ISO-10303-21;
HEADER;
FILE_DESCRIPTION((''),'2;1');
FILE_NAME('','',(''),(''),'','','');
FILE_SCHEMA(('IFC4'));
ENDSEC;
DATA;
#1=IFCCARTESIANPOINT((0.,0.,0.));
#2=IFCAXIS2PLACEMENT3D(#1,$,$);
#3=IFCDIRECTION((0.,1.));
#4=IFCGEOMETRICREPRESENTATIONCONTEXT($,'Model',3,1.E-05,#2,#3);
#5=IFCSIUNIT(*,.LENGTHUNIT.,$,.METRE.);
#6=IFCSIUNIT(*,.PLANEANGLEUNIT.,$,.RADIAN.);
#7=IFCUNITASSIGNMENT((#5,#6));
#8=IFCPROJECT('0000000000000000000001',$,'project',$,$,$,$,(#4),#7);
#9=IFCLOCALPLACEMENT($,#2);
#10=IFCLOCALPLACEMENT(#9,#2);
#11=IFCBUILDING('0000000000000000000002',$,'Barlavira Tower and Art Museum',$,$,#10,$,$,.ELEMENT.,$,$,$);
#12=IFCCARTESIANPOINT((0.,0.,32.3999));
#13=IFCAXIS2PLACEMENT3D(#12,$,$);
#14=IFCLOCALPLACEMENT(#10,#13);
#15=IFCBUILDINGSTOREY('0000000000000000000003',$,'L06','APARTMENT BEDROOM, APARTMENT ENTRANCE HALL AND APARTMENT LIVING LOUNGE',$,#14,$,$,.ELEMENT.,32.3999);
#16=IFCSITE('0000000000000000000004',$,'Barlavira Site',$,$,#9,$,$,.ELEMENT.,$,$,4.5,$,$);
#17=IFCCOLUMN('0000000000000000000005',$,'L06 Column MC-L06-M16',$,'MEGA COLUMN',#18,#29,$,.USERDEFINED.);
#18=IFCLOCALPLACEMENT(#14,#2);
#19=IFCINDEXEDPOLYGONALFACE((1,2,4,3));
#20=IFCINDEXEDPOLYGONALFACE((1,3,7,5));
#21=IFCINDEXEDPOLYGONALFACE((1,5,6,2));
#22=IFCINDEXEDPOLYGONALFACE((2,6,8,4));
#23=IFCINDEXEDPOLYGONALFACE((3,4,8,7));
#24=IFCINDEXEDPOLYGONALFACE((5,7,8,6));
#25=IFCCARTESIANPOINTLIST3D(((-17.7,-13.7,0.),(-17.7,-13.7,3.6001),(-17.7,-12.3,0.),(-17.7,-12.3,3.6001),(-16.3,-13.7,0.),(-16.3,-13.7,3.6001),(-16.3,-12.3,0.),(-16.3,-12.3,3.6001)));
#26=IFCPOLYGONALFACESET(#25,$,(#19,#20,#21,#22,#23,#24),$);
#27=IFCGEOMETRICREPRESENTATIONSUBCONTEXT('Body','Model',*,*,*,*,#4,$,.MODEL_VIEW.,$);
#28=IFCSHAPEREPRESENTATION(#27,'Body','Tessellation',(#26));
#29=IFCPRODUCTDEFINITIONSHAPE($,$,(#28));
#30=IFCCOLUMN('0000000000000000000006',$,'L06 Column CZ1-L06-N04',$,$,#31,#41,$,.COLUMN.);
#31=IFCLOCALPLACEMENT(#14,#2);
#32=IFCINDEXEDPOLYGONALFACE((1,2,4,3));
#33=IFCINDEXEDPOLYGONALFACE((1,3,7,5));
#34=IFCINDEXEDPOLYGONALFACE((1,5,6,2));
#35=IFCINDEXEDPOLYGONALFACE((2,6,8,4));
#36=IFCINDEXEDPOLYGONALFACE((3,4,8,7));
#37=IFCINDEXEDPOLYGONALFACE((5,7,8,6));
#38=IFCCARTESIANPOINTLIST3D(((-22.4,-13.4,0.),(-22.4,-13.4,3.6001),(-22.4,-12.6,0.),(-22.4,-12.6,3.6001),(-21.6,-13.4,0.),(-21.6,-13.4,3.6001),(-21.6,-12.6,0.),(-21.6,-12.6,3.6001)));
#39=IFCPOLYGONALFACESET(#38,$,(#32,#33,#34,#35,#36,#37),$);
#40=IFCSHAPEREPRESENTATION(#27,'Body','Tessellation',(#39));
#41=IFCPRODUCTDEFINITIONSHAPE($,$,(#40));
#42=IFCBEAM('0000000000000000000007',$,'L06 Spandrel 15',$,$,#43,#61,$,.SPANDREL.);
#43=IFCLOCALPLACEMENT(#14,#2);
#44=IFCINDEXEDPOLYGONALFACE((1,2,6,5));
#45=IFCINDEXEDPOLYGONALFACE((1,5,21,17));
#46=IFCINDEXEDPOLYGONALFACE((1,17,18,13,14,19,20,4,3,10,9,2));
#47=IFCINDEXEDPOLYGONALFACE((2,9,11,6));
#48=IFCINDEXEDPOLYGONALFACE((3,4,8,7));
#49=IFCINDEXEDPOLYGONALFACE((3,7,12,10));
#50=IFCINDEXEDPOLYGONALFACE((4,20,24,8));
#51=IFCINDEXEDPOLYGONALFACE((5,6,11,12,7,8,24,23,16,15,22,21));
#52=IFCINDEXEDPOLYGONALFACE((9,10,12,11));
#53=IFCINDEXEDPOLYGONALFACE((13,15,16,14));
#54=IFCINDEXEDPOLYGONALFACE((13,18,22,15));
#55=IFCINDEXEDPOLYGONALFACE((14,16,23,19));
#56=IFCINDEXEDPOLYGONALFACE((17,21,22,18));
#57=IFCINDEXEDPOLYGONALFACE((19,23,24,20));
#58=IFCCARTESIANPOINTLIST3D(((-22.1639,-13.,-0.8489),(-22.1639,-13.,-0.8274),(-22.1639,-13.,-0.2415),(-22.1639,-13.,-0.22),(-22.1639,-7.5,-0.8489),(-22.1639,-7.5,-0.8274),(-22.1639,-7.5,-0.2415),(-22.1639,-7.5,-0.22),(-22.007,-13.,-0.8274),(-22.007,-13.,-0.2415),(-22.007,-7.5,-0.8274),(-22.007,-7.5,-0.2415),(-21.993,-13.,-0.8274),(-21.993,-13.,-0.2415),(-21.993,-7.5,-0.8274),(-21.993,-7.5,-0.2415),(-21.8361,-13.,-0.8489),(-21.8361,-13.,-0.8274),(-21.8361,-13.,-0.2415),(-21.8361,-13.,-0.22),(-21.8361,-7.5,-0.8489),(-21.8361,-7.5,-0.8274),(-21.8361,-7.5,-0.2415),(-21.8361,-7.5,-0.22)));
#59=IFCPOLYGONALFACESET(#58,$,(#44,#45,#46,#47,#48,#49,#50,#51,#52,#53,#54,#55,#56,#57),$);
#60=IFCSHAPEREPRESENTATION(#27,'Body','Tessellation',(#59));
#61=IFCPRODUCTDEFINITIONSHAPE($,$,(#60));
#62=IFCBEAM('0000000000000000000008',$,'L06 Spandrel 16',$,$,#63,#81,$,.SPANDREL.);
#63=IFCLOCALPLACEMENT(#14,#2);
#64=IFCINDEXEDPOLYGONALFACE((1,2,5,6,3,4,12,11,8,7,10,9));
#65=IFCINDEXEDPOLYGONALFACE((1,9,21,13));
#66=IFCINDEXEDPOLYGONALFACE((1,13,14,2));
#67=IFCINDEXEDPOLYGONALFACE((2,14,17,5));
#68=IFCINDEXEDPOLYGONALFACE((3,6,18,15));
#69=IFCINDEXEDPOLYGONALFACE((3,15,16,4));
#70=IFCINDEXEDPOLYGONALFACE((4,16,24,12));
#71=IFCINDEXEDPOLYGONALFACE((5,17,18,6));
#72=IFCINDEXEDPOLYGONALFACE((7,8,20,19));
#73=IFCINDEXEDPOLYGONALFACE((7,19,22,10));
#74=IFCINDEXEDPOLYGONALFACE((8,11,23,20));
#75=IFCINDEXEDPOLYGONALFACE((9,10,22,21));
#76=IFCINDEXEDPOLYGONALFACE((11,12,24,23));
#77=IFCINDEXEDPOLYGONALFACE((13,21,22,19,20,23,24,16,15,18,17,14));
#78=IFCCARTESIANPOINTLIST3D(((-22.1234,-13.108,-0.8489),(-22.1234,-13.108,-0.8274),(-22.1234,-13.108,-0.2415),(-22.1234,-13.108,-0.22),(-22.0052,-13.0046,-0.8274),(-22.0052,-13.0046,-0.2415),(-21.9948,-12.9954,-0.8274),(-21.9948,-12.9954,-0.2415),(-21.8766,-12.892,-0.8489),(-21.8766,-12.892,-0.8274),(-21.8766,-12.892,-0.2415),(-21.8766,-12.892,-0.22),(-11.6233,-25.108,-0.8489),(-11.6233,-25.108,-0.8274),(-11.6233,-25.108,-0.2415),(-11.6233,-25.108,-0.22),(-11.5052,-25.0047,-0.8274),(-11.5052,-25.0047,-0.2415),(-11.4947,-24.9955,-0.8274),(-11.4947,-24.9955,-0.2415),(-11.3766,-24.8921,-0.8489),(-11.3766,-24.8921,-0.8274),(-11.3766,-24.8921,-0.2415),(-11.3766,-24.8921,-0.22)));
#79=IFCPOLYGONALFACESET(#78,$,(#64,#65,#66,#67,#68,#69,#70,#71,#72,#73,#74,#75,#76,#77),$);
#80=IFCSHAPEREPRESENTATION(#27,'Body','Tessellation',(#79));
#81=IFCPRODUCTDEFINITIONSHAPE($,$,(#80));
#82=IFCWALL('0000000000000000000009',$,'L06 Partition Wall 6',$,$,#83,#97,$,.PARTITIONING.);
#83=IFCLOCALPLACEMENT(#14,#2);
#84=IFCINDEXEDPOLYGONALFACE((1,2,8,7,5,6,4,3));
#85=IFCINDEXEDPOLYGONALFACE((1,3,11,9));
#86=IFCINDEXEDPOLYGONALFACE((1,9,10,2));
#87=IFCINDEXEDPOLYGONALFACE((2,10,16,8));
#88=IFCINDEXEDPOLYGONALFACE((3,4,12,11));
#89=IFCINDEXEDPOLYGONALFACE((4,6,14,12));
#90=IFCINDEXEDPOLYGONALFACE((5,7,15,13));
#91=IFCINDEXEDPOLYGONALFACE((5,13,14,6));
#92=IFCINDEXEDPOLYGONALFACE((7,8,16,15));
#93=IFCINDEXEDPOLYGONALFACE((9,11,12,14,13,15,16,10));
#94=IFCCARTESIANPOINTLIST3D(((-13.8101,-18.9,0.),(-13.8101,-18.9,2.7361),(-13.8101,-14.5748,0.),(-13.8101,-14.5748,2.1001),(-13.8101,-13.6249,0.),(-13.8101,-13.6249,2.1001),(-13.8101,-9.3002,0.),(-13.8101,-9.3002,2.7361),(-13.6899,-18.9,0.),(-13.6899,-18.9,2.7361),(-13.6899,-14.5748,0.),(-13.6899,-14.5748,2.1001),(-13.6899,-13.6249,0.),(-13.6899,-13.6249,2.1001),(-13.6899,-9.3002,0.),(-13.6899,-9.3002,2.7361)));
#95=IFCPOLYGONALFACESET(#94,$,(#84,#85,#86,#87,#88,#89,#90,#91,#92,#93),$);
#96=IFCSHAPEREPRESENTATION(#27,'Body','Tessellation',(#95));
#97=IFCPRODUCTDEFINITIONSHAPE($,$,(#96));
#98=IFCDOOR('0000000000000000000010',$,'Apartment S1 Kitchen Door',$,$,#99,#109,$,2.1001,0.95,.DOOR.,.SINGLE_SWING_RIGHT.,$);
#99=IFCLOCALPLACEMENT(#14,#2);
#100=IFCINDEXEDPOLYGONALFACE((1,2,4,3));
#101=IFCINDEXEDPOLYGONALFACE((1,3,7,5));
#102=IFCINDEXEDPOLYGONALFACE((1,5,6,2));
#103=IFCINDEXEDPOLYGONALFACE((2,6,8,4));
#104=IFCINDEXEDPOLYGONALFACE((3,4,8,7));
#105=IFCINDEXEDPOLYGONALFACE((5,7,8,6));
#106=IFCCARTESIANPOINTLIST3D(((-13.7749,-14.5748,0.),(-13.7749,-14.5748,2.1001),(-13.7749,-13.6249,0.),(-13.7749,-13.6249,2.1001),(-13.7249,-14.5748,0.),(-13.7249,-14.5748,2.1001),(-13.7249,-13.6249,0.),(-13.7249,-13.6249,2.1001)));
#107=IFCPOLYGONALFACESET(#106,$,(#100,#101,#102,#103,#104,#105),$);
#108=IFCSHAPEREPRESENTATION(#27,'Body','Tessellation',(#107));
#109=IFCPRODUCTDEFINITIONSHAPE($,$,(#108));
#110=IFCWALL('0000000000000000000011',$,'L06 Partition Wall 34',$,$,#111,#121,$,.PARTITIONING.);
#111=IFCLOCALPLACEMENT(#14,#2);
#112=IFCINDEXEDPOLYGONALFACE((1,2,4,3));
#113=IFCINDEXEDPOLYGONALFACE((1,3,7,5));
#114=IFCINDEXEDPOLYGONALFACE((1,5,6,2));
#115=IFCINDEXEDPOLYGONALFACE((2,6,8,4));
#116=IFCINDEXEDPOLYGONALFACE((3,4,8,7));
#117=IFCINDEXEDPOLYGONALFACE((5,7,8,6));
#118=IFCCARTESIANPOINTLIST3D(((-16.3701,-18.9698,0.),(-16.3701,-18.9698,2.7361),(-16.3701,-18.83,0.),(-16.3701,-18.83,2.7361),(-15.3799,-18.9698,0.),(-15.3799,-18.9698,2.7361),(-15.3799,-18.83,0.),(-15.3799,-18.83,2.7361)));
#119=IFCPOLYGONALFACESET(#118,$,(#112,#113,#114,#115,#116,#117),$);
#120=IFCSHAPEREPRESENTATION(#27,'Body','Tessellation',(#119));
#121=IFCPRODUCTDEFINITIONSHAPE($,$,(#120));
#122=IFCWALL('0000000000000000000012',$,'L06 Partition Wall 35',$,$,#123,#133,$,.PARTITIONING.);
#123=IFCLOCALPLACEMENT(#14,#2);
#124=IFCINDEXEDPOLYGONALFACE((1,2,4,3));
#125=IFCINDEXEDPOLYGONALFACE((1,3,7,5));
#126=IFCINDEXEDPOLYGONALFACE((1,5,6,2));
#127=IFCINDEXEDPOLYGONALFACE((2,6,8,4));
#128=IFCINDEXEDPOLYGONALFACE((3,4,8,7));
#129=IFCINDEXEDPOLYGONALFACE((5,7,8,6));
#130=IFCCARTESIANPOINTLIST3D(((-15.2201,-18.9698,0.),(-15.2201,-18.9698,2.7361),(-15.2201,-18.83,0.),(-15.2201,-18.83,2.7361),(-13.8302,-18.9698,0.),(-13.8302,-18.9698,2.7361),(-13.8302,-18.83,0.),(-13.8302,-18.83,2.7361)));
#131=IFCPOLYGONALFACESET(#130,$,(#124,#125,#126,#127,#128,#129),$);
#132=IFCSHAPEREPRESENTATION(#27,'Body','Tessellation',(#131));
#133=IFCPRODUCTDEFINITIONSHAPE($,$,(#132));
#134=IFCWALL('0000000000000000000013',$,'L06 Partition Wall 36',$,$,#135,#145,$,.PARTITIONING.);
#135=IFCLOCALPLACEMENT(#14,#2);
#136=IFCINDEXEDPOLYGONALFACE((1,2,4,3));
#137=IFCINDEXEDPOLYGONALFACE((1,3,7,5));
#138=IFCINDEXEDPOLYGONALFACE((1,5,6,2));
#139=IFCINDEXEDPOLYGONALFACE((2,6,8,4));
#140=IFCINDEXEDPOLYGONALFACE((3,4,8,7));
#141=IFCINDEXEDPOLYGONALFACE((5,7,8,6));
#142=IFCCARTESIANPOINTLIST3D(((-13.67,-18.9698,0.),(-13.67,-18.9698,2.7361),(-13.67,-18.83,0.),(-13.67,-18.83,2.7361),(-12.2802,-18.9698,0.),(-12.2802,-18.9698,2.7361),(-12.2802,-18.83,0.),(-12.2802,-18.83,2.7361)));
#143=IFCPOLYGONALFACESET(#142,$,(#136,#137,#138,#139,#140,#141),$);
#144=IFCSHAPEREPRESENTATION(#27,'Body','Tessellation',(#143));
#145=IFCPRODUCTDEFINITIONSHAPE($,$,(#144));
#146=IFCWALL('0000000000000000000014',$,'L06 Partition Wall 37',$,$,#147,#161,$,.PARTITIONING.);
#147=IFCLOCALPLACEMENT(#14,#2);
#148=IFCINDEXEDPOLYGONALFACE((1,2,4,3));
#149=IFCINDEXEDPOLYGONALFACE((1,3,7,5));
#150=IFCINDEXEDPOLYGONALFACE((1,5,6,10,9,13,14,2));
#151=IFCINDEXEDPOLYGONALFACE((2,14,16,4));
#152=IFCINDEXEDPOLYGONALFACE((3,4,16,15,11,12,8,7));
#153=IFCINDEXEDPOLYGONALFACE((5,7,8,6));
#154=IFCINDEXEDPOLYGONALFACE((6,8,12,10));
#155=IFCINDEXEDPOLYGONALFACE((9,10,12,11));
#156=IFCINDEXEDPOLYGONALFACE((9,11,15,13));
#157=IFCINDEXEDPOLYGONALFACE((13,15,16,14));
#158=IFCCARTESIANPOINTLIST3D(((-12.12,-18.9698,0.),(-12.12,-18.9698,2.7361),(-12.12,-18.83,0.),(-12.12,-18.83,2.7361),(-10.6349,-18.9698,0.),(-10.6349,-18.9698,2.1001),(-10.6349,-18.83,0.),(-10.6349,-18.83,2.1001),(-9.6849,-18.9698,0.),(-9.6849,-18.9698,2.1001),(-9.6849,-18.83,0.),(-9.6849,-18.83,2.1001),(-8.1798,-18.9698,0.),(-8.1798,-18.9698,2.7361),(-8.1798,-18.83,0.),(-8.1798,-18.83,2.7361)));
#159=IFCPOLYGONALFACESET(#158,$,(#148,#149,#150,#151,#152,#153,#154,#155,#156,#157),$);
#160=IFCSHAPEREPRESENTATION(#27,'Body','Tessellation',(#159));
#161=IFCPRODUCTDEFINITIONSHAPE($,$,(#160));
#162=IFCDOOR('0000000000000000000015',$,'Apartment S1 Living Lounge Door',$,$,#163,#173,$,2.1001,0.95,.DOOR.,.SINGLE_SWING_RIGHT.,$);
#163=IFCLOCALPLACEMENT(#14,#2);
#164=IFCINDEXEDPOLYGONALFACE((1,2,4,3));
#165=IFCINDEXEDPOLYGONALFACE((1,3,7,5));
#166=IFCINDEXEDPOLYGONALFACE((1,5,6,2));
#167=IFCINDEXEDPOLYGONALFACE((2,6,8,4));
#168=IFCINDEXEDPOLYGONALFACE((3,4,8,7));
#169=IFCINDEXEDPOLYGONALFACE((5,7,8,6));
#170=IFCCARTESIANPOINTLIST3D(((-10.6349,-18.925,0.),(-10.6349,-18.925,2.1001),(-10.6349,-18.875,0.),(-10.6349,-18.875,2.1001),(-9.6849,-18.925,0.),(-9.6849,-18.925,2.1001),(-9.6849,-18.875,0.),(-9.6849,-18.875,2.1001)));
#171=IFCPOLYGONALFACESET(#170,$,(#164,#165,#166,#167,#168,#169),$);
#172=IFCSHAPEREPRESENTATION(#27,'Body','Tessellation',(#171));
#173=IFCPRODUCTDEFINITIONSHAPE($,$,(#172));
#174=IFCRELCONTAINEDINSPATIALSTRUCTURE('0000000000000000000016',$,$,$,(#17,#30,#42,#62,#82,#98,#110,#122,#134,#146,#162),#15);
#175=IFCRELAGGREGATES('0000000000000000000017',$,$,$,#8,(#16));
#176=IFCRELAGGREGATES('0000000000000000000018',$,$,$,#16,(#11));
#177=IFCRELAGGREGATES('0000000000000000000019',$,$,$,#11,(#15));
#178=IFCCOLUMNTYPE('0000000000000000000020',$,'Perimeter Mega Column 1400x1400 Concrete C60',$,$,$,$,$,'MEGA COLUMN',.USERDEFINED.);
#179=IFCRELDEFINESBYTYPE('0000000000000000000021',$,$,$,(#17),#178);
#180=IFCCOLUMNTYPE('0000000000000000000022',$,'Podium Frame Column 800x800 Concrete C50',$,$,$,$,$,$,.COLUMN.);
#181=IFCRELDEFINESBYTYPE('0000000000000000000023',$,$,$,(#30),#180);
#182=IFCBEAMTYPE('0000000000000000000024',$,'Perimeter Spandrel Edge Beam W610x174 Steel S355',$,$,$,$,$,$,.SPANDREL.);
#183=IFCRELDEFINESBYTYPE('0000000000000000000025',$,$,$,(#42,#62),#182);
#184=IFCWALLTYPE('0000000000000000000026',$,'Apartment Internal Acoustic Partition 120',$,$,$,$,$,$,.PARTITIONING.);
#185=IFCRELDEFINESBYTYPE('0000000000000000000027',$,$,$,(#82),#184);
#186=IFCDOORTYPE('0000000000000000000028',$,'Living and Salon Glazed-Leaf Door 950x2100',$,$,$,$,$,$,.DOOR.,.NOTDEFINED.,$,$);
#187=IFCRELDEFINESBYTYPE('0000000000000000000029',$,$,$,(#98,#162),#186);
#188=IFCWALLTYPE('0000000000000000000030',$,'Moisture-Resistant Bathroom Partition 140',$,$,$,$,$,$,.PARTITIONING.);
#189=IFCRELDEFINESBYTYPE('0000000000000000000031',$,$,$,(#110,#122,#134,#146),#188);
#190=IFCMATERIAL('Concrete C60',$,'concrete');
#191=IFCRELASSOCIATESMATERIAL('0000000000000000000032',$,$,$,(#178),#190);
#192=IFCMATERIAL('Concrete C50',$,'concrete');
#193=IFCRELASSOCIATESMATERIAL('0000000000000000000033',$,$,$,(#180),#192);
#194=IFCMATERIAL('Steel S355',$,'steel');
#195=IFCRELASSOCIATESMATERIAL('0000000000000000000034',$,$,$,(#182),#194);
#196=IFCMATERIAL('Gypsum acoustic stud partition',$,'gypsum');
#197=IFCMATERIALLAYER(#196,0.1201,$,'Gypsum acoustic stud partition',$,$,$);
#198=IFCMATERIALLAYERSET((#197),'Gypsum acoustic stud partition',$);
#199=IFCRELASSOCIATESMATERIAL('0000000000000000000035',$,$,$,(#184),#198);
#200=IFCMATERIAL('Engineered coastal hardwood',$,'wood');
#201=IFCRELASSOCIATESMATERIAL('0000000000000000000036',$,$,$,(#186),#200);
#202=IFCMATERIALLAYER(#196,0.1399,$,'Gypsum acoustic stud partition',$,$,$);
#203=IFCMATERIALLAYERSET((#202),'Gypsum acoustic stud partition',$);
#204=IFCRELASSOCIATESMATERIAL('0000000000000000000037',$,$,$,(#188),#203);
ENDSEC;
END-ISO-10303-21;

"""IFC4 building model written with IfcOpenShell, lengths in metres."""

from ifc_helpers import new_model, si_unit, direction, frame, frame_2d, origin, origin_2d, place, context, subcontext, project, spatial, rectangle, i_section, extrude, material, layer, layer_set, material_profile, profile_set, type_object, element, fill, save


model = new_model("IFC4")

# Units and contexts
model_context = context("Model", 3, precision=1e-05, world=origin(), true_north=direction((0.0, 1.0)))
body_context = subcontext(model_context, "Body", "Model", "MODEL_VIEW")
ifc_project = project(units=[si_unit("LENGTHUNIT", "METRE"), si_unit("PLANEANGLEUNIT", "RADIAN")], contexts=[model_context])

# Site, building, storey
site_placement = place(None, origin())
site = spatial("IfcSite", under=ifc_project, at=site_placement, Name="Barlavira Site", CompositionType="ELEMENT", RefElevation=4.5)
building_placement = place(site_placement, origin())
building = spatial("IfcBuilding", under=site, at=building_placement, Name="Barlavira Tower and Art Museum", CompositionType="ELEMENT")
storey_placement = place(building_placement, frame((0.0, 0.0, 32.3999)))
storey = spatial("IfcBuildingStorey", under=building, at=storey_placement, Name="L06", Description="APARTMENT BEDROOM, APARTMENT ENTRANCE HALL AND APARTMENT LIVING LOUNGE", CompositionType="ELEMENT", Elevation=32.3999)

# Columns
ifc_material_1 = material(Name="Concrete C60", Category="concrete")
ifc_material_profile_1 = material_profile(ifc_material_1, rectangle(XDim=1.3999, YDim=1.3999, at=origin_2d()), Name="RC-MCOL 1400x1400")
ifc_profile_set_1 = profile_set([ifc_material_profile_1], Name="Concrete C60")
column_type_1 = type_object("IfcColumnType", Name="Perimeter Mega Column 1400x1400 Concrete C60", ElementType="MEGA COLUMN", PredefinedType="USERDEFINED", material=ifc_profile_set_1)
column_1_placement = place(storey_placement, frame((-17.0, -13.0, 0.0), z_axis=(0.0, 0.0, 1.0), x_axis=(1.0, 0.0, 0.0)))
element("IfcColumn", 1, at=column_1_placement, inside=storey, type_object=column_type_1, Name="L06 Column MC-L06-M16", ObjectType="MEGA COLUMN", PredefinedType="USERDEFINED", context=body_context, shape_type="SweptSolid", body=[
    extrude(rectangle(XDim=1.3999, YDim=1.3999, at=origin_2d()), origin(), (0.0, 0.0, 1.0), 3.6001),
])
ifc_material_2 = material(Name="Concrete C50", Category="concrete")
ifc_material_profile_2 = material_profile(ifc_material_2, rectangle(XDim=0.8, YDim=0.8, at=origin_2d()), Name="RC-COL 800x800")
ifc_profile_set_2 = profile_set([ifc_material_profile_2], Name="Concrete C50")
column_type_2 = type_object("IfcColumnType", Name="Podium Frame Column 800x800 Concrete C50", PredefinedType="COLUMN", material=ifc_profile_set_2)
column_2_placement = place(storey_placement, frame((-22.0, -13.0, 0.0), z_axis=(0.0, 0.0, 1.0), x_axis=(1.0, 0.0, 0.0)))
element("IfcColumn", 2, at=column_2_placement, inside=storey, type_object=column_type_2, Name="L06 Column CZ1-L06-N04", PredefinedType="COLUMN", context=body_context, shape_type="SweptSolid", body=[
    extrude(rectangle(XDim=0.8, YDim=0.8, at=origin_2d()), origin(), (0.0, 0.0, 1.0), 3.6001),
])

# Beams
ifc_material_3 = material(Name="Steel S355", Category="steel")
ifc_material_profile_3 = material_profile(ifc_material_3, i_section(OverallWidth=0.3279, OverallDepth=0.6289, WebThickness=0.0139, FlangeThickness=0.0215, at=origin_2d()), Name="W610x174.0")
ifc_profile_set_3 = profile_set([ifc_material_profile_3], Name="Steel S355")
beam_type = type_object("IfcBeamType", Name="Perimeter Spandrel Edge Beam W610x174 Steel S355", PredefinedType="SPANDREL", material=ifc_profile_set_3)
beam_1_placement = place(storey_placement, frame((-22.0, -13.0, -0.5344), z_axis=(0.0, 1.0, 0.0), x_axis=(-1.0, 0.0, 0.0)))
element("IfcBeam", 3, at=beam_1_placement, inside=storey, type_object=beam_type, Name="L06 Spandrel 15", PredefinedType="SPANDREL", context=body_context, shape_type="SweptSolid", body=[
    extrude(i_section(OverallWidth=0.3279, OverallDepth=0.6289, WebThickness=0.0139, FlangeThickness=0.0215, at=origin_2d()), origin(), (0.0, 0.0, 1.0), 5.5),
])
beam_2_placement = place(storey_placement, frame((-22.0, -13.0, -0.5344), z_axis=(0.658505, -0.752577, 0.0), x_axis=(0.752577, 0.658505, 0.0)))
element("IfcBeam", 4, at=beam_2_placement, inside=storey, type_object=beam_type, Name="L06 Spandrel 16", PredefinedType="SPANDREL", context=body_context, shape_type="SweptSolid", body=[
    extrude(i_section(OverallWidth=0.3279, OverallDepth=0.6289, WebThickness=0.0139, FlangeThickness=0.0215, at=origin_2d()), origin(), (0.0, 0.0, 1.0), 15.9453),
])

# Wall, opening, door
ifc_material_4 = material(Name="Gypsum acoustic stud partition", Category="gypsum")
ifc_layer_1 = layer(ifc_material_4, 0.1201, Name="Gypsum acoustic stud partition")
ifc_layer_set_1 = layer_set([ifc_layer_1], Name="Gypsum acoustic stud partition")
wall_type_1 = type_object("IfcWallType", Name="Apartment Internal Acoustic Partition 120", PredefinedType="PARTITIONING", material=ifc_layer_set_1)
wall_1_placement = place(storey_placement, frame((-13.75, -18.8999, 0.0), z_axis=(0.0, 0.0, 1.0), x_axis=(0.0, 1.0, 0.0)))
wall_1 = element("IfcWall", 5, at=wall_1_placement, inside=storey, type_object=wall_type_1, Name="L06 Partition Wall 6", PredefinedType="PARTITIONING", context=body_context, shape_type="SweptSolid", body=[
    extrude(rectangle(XDim=9.5999, YDim=0.1201, at=frame_2d((4.7998, 0.0))), origin(), (0.0, 0.0, 1.0), 2.7361),
])
opening_1_placement = place(wall_1_placement, frame((4.325, 0.0, 0.0)))
opening_1 = element("IfcOpeningElement", 6, at=opening_1_placement, cuts=wall_1, PredefinedType="OPENING", context=body_context, shape_type="SweptSolid", body=[
    extrude(rectangle(XDim=0.95, YDim=2.1001, at=frame_2d((0.4751, 1.05))), frame((0.0, 0.0701, 0.0), z_axis=(0.0, -1.0, 0.0), x_axis=(1.0, 0.0, 0.0)), (0.0, 0.0, 1.0), 0.1401),
])
ifc_material_5 = material(Name="Engineered coastal hardwood", Category="wood")
door_type = type_object("IfcDoorType", Name="Living and Salon Glazed-Leaf Door 950x2100", OperationType="NOTDEFINED", PredefinedType="DOOR", material=ifc_material_5)
door_1_placement = place(opening_1_placement, origin())
door_1 = element("IfcDoor", 7, at=door_1_placement, inside=storey, type_object=door_type, Name="Apartment S1 Kitchen Door", OperationType="SINGLE_SWING_RIGHT", OverallHeight=2.1001, OverallWidth=0.95, PredefinedType="DOOR", context=body_context, shape_type="SweptSolid", body=[
    extrude(rectangle(XDim=0.95, YDim=2.1001, at=frame_2d((0.4751, 1.05))), frame((0.0, 0.0249, 0.0), z_axis=(0.0, -1.0, 0.0), x_axis=(1.0, 0.0, 0.0)), (0.0, 0.0, 1.0), 0.05),
])
fill(opening_1, door_1)

# Walls
ifc_layer_2 = layer(ifc_material_4, 0.1399, Name="Gypsum acoustic stud partition")
ifc_layer_set_2 = layer_set([ifc_layer_2], Name="Gypsum acoustic stud partition")
wall_type_2 = type_object("IfcWallType", Name="Moisture-Resistant Bathroom Partition 140", PredefinedType="PARTITIONING", material=ifc_layer_set_2)
wall_2_placement = place(storey_placement, frame((-16.3701, -18.8999, 0.0), z_axis=(0.0, 0.0, 1.0), x_axis=(1.0, 0.0, 0.0)))
element("IfcWall", 8, at=wall_2_placement, inside=storey, type_object=wall_type_2, Name="L06 Partition Wall 34", PredefinedType="PARTITIONING", context=body_context, shape_type="SweptSolid", body=[
    extrude(rectangle(XDim=0.9902, YDim=0.1399, at=frame_2d((0.4951, 0.0))), origin(), (0.0, 0.0, 1.0), 2.7361),
])
for number, where, z_axis, x_axis, name in (
    (9, (-15.22, -18.8999, 0.0), (0.0, 0.0, 1.0), (1.0, 0.0, 0.0), "L06 Partition Wall 35"),
    (10, (-13.6699, -18.8999, 0.0), (0.0, 0.0, 1.0), (1.0, 0.0, 0.0), "L06 Partition Wall 36"),
):
    element("IfcWall", number, at=place(storey_placement, frame(where, z_axis=z_axis, x_axis=x_axis)), inside=storey, type_object=wall_type_2, Name=name, PredefinedType="PARTITIONING", context=body_context, shape_type="SweptSolid", body=[
        extrude(rectangle(XDim=1.3899, YDim=0.1399, at=frame_2d((0.6948, 0.0))), origin(), (0.0, 0.0, 1.0), 2.7361),
    ])

# Wall, opening, door
wall_3_placement = place(storey_placement, frame((-12.1201, -18.8999, 0.0), z_axis=(0.0, 0.0, 1.0), x_axis=(1.0, 0.0, 0.0)))
wall_3 = element("IfcWall", 11, at=wall_3_placement, inside=storey, type_object=wall_type_2, Name="L06 Partition Wall 37", PredefinedType="PARTITIONING", context=body_context, shape_type="SweptSolid", body=[
    extrude(rectangle(XDim=3.9402, YDim=0.1399, at=frame_2d((1.9702, 0.0))), origin(), (0.0, 0.0, 1.0), 2.7361),
])
opening_2_placement = place(wall_3_placement, frame((1.4851, 0.0, 0.0)))
opening_2 = element("IfcOpeningElement", 12, at=opening_2_placement, cuts=wall_3, PredefinedType="OPENING", context=body_context, shape_type="SweptSolid", body=[
    extrude(rectangle(XDim=0.95, YDim=2.1001, at=frame_2d((0.4751, 1.05))), frame((0.0, 0.0801, 0.0), z_axis=(0.0, -1.0, 0.0), x_axis=(1.0, 0.0, 0.0)), (0.0, 0.0, 1.0), 0.1599),
])
door_2_placement = place(opening_2_placement, origin())
door_2 = element("IfcDoor", 13, at=door_2_placement, inside=storey, type_object=door_type, Name="Apartment S1 Living Lounge Door", OperationType="SINGLE_SWING_RIGHT", OverallHeight=2.1001, OverallWidth=0.95, PredefinedType="DOOR", context=body_context, shape_type="SweptSolid", body=[
    extrude(rectangle(XDim=0.95, YDim=2.1001, at=frame_2d((0.4751, 1.05))), frame((0.0, 0.0249, 0.0), z_axis=(0.0, -1.0, 0.0), x_axis=(1.0, 0.0, 0.0)), (0.0, 0.0, 1.0), 0.05),
])
fill(opening_2, door_2)

save(model, "model.ifc")
